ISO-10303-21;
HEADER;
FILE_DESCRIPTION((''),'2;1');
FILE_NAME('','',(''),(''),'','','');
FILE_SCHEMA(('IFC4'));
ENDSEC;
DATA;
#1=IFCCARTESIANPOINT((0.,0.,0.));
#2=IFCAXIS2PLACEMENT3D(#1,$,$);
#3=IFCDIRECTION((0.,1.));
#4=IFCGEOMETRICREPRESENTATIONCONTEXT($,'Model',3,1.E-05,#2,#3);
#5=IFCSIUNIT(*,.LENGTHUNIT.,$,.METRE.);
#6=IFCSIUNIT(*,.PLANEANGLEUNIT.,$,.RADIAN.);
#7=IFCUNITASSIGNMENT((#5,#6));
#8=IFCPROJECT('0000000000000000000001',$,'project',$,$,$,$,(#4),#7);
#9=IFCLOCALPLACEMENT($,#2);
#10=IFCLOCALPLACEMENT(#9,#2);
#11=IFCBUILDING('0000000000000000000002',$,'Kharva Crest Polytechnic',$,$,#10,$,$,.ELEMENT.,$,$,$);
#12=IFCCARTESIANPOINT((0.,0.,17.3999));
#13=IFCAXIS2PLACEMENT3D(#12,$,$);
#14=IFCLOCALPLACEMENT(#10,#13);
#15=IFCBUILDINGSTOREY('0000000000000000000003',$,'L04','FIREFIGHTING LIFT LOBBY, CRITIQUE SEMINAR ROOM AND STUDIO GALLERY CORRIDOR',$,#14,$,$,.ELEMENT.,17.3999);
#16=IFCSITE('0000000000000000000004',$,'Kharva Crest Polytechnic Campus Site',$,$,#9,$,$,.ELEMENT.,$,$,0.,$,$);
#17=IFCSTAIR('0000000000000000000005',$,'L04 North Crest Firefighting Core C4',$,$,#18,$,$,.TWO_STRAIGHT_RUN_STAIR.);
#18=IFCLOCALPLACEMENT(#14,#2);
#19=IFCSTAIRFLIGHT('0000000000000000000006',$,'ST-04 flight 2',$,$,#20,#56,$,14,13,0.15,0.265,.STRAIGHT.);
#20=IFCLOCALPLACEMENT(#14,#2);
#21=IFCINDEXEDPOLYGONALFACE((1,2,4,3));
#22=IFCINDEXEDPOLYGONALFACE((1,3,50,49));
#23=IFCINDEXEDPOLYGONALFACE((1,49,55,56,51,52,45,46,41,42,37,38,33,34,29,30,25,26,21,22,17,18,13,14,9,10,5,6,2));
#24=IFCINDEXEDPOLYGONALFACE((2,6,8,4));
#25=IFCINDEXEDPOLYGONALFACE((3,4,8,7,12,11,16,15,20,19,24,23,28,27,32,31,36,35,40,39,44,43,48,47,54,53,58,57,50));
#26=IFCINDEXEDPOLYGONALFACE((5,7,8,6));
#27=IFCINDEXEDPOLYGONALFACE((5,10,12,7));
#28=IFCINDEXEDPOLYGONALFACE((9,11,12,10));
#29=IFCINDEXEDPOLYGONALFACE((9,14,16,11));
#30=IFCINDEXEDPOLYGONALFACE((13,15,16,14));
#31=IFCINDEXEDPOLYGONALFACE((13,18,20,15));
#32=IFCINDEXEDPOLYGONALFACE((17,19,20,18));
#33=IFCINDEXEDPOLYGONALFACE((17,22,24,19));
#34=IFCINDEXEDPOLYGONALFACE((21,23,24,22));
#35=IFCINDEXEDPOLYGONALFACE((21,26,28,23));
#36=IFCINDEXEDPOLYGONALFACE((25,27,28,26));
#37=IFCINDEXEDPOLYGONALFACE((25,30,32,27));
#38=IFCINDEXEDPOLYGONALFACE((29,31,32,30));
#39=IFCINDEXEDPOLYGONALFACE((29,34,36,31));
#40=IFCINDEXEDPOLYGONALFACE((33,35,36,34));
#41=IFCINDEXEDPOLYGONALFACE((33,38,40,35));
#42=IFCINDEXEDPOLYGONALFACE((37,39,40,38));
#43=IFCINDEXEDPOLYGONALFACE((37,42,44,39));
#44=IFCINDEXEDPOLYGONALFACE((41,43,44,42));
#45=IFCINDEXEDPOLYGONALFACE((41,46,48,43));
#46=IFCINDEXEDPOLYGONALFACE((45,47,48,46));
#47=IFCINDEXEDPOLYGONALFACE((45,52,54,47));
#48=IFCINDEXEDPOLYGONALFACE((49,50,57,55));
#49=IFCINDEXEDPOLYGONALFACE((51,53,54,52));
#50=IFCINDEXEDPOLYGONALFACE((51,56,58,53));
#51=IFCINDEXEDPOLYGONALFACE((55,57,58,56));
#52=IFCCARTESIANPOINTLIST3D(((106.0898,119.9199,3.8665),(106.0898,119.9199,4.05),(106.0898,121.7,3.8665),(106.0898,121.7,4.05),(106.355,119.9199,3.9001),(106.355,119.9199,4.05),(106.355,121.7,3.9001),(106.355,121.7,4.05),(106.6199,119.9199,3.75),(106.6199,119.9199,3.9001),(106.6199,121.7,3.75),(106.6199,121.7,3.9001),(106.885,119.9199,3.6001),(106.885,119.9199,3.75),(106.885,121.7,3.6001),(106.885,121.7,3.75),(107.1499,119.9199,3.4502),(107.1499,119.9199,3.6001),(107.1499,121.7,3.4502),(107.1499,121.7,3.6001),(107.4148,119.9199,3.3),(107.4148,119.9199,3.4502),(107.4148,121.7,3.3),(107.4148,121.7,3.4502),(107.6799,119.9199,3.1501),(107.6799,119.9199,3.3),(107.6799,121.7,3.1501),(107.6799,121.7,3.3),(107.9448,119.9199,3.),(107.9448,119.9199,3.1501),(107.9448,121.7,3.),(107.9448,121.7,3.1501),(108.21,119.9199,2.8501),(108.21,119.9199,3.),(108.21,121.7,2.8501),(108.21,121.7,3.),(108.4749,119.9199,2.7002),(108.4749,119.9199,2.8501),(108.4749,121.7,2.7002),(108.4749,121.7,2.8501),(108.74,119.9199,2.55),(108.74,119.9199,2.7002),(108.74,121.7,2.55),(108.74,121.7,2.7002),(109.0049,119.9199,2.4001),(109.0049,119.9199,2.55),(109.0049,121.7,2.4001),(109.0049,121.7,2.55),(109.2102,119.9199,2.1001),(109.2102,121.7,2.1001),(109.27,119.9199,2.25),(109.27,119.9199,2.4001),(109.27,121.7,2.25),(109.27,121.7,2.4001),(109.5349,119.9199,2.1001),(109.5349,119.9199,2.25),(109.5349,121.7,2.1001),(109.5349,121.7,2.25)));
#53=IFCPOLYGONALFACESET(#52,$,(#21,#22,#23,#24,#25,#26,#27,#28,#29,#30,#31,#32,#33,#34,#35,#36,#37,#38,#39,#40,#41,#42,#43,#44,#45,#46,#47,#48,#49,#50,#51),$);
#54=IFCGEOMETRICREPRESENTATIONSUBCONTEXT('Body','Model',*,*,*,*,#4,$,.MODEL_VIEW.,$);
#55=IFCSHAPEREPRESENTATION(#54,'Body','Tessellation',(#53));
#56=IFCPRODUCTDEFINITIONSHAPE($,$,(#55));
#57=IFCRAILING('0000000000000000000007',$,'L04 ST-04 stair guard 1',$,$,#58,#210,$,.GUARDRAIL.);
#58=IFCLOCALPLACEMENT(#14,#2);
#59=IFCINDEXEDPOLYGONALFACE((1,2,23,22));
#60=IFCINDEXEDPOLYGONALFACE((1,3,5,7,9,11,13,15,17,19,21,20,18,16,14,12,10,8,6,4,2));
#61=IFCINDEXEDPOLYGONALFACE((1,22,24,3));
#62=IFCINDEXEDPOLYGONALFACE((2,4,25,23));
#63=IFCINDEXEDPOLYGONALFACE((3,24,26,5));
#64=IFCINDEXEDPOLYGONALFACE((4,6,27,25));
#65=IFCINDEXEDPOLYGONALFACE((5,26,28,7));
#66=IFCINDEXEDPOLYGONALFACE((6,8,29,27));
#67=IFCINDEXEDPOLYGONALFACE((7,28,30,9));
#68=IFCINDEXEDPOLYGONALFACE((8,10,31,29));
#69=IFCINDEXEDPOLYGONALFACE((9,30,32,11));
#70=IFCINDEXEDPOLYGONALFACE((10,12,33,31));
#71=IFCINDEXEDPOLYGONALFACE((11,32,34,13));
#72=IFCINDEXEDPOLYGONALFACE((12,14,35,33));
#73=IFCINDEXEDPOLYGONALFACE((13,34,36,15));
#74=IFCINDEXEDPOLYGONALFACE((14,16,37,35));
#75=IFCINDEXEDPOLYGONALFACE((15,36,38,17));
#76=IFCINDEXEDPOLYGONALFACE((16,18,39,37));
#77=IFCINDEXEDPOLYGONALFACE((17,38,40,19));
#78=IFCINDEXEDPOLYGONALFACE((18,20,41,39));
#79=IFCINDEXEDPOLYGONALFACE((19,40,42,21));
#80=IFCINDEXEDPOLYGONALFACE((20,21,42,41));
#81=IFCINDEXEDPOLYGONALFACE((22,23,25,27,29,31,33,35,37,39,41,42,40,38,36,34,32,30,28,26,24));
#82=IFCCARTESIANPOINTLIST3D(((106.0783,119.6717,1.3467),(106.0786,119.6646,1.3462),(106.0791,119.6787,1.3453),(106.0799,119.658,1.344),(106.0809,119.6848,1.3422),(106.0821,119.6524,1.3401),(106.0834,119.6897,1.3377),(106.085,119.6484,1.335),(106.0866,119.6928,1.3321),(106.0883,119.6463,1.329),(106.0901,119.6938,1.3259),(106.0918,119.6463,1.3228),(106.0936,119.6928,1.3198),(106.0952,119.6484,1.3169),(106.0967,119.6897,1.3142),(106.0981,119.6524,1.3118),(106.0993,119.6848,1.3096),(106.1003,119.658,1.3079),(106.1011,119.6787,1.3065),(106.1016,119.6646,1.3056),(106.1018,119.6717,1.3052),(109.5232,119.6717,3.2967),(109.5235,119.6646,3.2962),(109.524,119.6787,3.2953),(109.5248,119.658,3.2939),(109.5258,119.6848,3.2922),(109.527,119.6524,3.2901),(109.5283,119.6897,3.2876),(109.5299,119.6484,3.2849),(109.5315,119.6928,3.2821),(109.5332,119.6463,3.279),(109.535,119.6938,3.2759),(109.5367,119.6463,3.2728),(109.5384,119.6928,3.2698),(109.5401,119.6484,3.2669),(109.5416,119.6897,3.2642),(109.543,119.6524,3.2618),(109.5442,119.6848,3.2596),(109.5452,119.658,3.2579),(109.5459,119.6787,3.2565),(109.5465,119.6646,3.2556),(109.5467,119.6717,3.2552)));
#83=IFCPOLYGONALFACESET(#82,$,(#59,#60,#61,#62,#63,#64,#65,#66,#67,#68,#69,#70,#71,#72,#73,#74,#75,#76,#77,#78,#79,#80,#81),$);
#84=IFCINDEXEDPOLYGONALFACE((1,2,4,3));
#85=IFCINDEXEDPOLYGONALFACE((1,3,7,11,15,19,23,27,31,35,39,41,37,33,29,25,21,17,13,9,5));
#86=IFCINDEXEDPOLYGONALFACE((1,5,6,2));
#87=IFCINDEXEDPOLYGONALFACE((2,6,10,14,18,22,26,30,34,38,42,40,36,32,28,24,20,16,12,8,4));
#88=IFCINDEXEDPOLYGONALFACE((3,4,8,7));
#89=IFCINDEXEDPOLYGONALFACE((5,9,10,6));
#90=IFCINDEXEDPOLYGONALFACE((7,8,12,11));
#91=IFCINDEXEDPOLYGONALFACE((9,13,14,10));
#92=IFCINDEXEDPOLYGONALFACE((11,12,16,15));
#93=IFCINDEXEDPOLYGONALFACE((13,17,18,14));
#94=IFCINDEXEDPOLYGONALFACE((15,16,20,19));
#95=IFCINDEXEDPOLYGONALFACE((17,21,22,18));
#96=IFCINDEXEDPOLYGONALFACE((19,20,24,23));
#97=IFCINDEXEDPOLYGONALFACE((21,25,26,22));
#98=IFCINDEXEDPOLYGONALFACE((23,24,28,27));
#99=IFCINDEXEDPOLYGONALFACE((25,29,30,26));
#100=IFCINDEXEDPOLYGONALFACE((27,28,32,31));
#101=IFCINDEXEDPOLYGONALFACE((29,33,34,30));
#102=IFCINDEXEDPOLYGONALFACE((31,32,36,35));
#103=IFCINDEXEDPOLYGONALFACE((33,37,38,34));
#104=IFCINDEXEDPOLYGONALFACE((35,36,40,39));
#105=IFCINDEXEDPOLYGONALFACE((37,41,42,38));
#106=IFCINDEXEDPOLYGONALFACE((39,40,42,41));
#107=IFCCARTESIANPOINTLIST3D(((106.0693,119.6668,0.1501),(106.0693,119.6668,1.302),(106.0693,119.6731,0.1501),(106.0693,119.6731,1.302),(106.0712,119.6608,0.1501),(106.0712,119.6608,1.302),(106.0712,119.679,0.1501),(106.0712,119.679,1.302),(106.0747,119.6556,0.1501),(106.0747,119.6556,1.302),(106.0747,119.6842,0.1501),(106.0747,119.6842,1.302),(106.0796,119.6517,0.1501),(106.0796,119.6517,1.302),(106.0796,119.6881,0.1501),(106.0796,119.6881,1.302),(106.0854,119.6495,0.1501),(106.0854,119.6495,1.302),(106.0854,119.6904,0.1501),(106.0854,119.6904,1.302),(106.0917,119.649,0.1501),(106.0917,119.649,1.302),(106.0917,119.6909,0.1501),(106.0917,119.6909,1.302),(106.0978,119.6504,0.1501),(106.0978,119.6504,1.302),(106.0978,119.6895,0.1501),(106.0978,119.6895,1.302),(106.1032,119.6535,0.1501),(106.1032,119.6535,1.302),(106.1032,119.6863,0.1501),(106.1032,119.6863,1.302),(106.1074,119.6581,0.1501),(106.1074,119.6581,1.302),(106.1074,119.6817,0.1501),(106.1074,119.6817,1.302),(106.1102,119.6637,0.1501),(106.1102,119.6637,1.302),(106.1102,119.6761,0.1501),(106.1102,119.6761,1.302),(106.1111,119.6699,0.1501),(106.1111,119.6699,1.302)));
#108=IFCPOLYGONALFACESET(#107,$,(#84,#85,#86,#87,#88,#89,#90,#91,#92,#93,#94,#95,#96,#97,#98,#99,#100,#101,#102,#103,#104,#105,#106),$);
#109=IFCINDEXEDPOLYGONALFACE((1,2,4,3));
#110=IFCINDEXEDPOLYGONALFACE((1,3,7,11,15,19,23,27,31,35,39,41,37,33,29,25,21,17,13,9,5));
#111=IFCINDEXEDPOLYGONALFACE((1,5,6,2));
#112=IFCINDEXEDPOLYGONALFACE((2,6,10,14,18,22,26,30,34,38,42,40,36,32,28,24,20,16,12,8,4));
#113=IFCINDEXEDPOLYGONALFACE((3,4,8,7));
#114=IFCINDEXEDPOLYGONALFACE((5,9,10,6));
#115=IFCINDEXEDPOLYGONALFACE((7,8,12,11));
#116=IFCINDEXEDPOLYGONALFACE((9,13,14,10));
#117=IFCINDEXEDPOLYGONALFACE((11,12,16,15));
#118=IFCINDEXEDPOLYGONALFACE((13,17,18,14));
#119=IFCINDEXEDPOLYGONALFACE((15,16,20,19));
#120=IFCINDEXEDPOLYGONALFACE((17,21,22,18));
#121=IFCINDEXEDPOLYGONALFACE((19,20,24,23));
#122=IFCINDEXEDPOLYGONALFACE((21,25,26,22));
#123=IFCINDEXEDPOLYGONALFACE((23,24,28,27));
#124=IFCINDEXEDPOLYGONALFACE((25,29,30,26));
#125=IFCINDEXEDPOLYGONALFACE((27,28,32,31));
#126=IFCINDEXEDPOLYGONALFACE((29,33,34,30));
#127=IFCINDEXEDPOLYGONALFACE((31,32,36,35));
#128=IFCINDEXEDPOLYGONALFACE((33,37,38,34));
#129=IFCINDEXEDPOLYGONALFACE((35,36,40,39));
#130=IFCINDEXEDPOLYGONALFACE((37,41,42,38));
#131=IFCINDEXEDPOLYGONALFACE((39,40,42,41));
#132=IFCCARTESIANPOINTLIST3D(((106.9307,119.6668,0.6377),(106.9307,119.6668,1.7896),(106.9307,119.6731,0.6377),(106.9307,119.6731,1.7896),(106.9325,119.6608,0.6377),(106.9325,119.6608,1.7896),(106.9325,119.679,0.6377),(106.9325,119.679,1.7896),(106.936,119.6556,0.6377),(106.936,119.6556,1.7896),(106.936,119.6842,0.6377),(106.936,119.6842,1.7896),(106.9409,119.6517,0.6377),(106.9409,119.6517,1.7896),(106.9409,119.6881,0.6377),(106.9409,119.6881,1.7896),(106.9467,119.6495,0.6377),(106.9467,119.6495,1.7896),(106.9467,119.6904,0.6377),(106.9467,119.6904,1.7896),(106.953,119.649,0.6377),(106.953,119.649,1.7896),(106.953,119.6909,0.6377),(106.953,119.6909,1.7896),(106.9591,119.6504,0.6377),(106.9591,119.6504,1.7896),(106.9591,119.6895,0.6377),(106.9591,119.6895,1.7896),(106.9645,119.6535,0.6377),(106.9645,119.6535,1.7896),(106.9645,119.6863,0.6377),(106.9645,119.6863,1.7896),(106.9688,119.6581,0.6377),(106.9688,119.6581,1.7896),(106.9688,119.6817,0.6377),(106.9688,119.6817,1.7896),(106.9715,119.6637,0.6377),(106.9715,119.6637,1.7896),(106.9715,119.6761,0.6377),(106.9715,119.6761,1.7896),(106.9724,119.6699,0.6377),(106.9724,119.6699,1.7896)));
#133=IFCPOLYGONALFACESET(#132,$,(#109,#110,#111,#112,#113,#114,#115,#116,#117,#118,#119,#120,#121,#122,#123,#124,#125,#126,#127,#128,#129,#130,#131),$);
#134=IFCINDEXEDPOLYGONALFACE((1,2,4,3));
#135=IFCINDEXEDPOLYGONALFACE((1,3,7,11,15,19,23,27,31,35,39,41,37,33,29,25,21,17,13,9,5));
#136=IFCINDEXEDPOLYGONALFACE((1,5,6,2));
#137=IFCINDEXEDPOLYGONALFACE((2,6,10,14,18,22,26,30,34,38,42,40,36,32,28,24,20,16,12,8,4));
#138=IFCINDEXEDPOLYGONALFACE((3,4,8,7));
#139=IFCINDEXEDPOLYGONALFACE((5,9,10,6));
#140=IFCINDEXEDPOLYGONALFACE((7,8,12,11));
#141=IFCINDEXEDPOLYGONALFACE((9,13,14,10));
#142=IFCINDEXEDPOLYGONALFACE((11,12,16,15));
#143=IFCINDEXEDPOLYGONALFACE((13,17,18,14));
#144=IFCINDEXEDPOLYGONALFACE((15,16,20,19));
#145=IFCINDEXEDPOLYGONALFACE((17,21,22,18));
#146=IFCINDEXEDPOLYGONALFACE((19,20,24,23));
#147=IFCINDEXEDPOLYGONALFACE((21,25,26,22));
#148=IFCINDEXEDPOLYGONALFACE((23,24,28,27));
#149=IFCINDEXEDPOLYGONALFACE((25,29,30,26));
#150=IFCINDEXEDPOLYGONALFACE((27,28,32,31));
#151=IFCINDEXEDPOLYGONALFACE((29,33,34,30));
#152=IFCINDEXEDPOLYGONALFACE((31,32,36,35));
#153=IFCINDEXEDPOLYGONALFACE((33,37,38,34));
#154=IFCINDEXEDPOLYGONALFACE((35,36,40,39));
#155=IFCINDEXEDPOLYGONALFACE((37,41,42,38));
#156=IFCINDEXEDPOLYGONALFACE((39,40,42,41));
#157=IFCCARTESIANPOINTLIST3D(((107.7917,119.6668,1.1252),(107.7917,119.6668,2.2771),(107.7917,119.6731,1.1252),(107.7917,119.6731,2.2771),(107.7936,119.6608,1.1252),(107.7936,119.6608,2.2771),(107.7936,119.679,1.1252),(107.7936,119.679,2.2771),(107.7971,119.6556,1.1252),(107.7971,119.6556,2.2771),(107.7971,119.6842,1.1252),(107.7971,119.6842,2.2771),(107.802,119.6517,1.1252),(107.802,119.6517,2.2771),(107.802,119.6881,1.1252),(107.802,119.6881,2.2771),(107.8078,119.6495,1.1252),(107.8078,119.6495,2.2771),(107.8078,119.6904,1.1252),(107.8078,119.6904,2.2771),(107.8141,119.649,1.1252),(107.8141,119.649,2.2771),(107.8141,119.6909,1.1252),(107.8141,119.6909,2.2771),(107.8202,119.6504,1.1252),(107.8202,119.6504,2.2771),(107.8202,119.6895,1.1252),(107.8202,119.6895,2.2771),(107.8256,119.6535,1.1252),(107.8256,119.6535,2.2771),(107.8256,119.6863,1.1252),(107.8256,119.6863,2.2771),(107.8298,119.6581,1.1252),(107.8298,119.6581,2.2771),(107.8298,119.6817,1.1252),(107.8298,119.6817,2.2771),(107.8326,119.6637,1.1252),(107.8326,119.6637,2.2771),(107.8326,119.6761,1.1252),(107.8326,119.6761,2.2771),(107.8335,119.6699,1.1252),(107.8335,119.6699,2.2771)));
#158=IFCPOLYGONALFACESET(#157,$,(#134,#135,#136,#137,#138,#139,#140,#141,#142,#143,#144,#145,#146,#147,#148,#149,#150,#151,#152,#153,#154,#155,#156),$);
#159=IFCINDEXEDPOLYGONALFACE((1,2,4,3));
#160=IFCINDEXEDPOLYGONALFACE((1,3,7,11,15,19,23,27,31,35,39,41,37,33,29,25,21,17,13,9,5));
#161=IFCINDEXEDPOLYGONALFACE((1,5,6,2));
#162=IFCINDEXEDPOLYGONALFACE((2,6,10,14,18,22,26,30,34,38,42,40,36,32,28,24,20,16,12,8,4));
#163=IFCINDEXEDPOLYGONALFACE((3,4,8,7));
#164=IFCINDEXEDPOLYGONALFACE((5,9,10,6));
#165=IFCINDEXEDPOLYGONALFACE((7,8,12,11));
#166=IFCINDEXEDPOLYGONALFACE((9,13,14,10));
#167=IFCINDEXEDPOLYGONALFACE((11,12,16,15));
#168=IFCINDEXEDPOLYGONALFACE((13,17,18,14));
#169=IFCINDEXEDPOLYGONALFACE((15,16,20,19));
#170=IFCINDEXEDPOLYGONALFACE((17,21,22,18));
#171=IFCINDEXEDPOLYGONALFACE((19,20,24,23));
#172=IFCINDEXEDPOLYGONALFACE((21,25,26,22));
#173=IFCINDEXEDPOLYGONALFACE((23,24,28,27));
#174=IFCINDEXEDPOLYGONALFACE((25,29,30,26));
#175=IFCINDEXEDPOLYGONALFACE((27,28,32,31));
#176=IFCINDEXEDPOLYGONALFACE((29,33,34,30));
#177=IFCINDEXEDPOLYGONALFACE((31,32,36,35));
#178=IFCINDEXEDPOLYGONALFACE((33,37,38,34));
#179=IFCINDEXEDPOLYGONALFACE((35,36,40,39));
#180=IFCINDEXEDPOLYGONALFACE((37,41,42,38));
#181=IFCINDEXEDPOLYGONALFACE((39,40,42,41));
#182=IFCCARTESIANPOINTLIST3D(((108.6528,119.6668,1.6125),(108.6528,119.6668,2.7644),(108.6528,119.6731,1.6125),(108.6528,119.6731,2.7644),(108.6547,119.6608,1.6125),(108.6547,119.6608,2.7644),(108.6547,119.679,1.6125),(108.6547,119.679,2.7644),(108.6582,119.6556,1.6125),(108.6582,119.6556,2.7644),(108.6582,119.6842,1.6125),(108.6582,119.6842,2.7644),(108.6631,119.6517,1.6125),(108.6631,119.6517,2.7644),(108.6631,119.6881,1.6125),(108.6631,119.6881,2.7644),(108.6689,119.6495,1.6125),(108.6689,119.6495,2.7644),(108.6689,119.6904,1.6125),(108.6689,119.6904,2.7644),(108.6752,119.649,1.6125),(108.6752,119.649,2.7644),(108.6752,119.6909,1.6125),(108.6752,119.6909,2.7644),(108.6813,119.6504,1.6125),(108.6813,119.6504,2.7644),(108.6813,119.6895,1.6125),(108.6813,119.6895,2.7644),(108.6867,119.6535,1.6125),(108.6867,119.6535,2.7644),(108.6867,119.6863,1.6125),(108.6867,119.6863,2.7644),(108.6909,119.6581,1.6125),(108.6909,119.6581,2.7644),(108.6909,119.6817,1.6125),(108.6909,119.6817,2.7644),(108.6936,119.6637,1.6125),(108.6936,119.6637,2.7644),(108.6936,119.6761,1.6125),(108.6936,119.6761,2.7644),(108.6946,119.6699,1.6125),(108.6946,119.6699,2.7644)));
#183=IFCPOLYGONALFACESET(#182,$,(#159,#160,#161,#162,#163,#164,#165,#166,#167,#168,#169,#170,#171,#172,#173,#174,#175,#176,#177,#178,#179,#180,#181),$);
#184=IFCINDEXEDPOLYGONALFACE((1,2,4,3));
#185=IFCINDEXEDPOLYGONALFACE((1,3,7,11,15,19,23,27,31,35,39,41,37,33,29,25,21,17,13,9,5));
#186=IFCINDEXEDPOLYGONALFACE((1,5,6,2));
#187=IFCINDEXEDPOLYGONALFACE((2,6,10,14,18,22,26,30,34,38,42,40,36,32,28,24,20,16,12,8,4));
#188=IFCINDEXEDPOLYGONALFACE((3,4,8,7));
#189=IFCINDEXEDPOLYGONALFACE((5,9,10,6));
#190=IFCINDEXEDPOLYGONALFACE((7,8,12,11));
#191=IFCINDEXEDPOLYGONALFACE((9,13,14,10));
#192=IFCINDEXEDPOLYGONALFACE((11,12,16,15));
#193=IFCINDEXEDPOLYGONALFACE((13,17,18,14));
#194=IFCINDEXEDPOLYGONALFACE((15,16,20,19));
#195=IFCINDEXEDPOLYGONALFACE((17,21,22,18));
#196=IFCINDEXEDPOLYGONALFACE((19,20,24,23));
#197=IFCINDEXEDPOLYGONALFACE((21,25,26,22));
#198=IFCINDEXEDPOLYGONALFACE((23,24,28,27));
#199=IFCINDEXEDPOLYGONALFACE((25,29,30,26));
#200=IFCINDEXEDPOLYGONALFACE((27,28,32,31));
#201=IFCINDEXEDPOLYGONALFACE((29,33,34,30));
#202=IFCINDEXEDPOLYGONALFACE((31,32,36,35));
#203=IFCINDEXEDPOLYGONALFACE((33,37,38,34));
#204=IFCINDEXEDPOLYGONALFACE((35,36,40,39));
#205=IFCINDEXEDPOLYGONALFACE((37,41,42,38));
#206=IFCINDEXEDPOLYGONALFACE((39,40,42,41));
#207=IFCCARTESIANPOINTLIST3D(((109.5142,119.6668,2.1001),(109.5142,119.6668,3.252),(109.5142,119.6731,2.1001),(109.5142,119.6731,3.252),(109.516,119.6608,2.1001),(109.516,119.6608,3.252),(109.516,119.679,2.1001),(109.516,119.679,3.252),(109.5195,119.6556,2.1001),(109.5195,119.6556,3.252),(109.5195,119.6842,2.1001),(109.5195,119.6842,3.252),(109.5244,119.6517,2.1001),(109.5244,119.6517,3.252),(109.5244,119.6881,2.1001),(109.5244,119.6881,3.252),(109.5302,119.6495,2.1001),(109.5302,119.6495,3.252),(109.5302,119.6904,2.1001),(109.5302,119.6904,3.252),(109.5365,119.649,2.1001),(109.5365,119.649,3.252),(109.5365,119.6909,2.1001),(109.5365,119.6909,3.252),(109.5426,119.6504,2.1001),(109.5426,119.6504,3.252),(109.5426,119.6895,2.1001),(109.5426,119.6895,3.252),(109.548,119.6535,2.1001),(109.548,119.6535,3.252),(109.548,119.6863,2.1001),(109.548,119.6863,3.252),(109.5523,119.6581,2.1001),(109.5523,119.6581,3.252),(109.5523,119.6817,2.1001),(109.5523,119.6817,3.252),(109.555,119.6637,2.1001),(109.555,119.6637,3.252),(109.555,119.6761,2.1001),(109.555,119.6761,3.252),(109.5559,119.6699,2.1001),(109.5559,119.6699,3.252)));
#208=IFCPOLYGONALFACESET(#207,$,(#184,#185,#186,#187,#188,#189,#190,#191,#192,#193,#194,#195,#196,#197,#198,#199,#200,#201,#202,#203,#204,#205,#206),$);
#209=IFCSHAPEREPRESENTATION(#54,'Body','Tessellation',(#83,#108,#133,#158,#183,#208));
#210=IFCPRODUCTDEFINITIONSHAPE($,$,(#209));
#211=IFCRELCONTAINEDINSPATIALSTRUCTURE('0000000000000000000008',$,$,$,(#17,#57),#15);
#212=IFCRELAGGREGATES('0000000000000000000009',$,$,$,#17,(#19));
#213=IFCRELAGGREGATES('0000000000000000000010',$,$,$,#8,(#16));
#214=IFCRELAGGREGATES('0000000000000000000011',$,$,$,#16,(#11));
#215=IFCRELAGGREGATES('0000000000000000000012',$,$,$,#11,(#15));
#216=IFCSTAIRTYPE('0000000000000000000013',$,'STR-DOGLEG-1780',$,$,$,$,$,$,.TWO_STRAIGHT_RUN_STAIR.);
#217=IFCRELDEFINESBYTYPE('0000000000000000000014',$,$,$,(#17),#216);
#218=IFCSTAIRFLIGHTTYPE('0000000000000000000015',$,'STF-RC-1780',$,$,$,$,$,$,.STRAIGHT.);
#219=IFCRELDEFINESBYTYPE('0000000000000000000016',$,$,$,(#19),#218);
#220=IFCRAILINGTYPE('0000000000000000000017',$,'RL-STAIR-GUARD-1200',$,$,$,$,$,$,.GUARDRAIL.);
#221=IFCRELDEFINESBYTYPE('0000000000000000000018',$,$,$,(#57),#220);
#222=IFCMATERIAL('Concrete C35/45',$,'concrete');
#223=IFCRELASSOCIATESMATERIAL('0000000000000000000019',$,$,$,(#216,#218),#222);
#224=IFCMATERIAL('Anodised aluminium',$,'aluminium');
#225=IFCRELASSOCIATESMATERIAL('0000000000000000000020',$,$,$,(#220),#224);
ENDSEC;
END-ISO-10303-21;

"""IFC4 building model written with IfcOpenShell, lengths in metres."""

from ifc_helpers import new_model, si_unit, direction, frame, origin, origin_2d, place, context, subcontext, project, spatial, polyline, circle, outline, extrude, material, type_object, element, aggregate, save


model = new_model("IFC4")

# Units and contexts
model_context = context("Model", 3, precision=1e-05, world=origin(), true_north=direction((0.0, 1.0)))
body_context = subcontext(model_context, "Body", "Model", "MODEL_VIEW")
ifc_project = project(units=[si_unit("LENGTHUNIT", "METRE"), si_unit("PLANEANGLEUNIT", "RADIAN")], contexts=[model_context])

# Site, building, storey
site_placement = place(None, origin())
site = spatial("IfcSite", under=ifc_project, at=site_placement, Name="Kharva Crest Polytechnic Campus Site", CompositionType="ELEMENT", RefElevation=0.0)
building_placement = place(site_placement, origin())
building = spatial("IfcBuilding", under=site, at=building_placement, Name="Kharva Crest Polytechnic", CompositionType="ELEMENT")
storey_placement = place(building_placement, frame((0.0, 0.0, 17.3999)))
storey = spatial("IfcBuildingStorey", under=building, at=storey_placement, Name="L04", Description="FIREFIGHTING LIFT LOBBY, CRITIQUE SEMINAR ROOM AND STUDIO GALLERY CORRIDOR", CompositionType="ELEMENT", Elevation=17.3999)

# Shared definitions
ifc_material_1 = material(Name="Concrete C35/45", Category="concrete")

# Shared definitions
ifc_material_2 = material(Name="Anodised aluminium", Category="aluminium")

# Stair, stair flight
stair_type = type_object("IfcStairType", Name="STR-DOGLEG-1780", PredefinedType="TWO_STRAIGHT_RUN_STAIR", material=ifc_material_1)
stair_placement = place(storey_placement, origin())
stair = element("IfcStair", 1, at=stair_placement, inside=storey, type_object=stair_type, Name="L04 North Crest Firefighting Core C4", PredefinedType="TWO_STRAIGHT_RUN_STAIR")
stair_flight_type = type_object("IfcStairFlightType", Name="STF-RC-1780", PredefinedType="STRAIGHT", material=ifc_material_1)
stair_flight_placement = place(storey_placement, frame((109.5349, 120.8101, 2.1001), z_axis=(0.0, 0.0, 1.0), x_axis=(-1.0, 0.0, 0.0)))
stair_flight = element("IfcStairFlight", 2, at=stair_flight_placement, type_object=stair_flight_type, Name="ST-04 flight 2", NumberOfRisers=14, NumberOfTreads=13, PredefinedType="STRAIGHT", RiserHeight=0.15, TreadLength=0.265, context=body_context, shape_type="SweptSolid", body=[
    extrude(outline(polyline([(0.0, 0.0), (0.0, 0.1499), (0.2649, 0.1499), (0.2649, 0.3), (0.53, 0.3), (0.53, 0.45), (0.7949, 0.45), (0.7949, 0.6001), (1.0601, 0.6001), (1.0601, 0.75), (1.325, 0.75), (1.325, 0.8999), (1.5901, 0.8999), (1.5901, 1.05), (1.855, 1.05), (1.855, 1.2), (2.1201, 1.2), (2.1201, 1.3501), (2.385, 1.3501), (2.385, 1.5), (2.6499, 1.5), (2.6499, 1.6499), (2.915, 1.6499), (2.915, 1.8), (3.1799, 1.8), (3.1799, 1.95), (3.4451, 1.95), (3.4451, 2.1001), (3.4451, 1.7664), (0.3247, 0.0), (0.0, 0.0)])), frame((0.0, 0.8901, 0.0), z_axis=(0.0, -1.0, 0.0), x_axis=(1.0, 0.0, 0.0)), (0.0, 0.0, 1.0), 1.78),
])
aggregate(stair, [stair_flight])

# Railing
railing_type_1 = type_object("IfcRailingType", Name="RL-STAIR-GUARD-1200", PredefinedType="GUARDRAIL", material=ifc_material_2)
railing_1_placement = place(storey_placement, frame((106.0901, 119.6699, 0.1501)))
element("IfcRailing", 3, at=railing_1_placement, inside=storey, type_object=railing_type_1, Name="L04 ST-04 stair guard 1", PredefinedType="GUARDRAIL", context=body_context, shape_type="SweptSolid", body=[
    extrude(circle(Radius=0.0239, at=origin_2d()), frame((0.0, 0.0, 1.1758), z_axis=(0.870251, 0.0, 0.492608), x_axis=(0.0, 1.0, 0.0)), (0.0, 0.0, 1.0), 3.9585),
    extrude(circle(Radius=0.021, at=origin_2d()), origin(), (0.0, 0.0, 1.0), 1.1519),
    extrude(circle(Radius=0.021, at=origin_2d()), frame((0.8613, 0.0, 0.4875)), (0.0, 0.0, 1.0), 1.1519),
    extrude(circle(Radius=0.021, at=origin_2d()), frame((1.7224, 0.0, 0.9751)), (0.0, 0.0, 1.0), 1.1519),
    extrude(circle(Radius=0.021, at=origin_2d()), frame((2.5835, 0.0, 1.4624)), (0.0, 0.0, 1.0), 1.1519),
    extrude(circle(Radius=0.021, at=origin_2d()), frame((3.4448, 0.0, 1.95)), (0.0, 0.0, 1.0), 1.1519),
])

save(model, "model.ifc")
